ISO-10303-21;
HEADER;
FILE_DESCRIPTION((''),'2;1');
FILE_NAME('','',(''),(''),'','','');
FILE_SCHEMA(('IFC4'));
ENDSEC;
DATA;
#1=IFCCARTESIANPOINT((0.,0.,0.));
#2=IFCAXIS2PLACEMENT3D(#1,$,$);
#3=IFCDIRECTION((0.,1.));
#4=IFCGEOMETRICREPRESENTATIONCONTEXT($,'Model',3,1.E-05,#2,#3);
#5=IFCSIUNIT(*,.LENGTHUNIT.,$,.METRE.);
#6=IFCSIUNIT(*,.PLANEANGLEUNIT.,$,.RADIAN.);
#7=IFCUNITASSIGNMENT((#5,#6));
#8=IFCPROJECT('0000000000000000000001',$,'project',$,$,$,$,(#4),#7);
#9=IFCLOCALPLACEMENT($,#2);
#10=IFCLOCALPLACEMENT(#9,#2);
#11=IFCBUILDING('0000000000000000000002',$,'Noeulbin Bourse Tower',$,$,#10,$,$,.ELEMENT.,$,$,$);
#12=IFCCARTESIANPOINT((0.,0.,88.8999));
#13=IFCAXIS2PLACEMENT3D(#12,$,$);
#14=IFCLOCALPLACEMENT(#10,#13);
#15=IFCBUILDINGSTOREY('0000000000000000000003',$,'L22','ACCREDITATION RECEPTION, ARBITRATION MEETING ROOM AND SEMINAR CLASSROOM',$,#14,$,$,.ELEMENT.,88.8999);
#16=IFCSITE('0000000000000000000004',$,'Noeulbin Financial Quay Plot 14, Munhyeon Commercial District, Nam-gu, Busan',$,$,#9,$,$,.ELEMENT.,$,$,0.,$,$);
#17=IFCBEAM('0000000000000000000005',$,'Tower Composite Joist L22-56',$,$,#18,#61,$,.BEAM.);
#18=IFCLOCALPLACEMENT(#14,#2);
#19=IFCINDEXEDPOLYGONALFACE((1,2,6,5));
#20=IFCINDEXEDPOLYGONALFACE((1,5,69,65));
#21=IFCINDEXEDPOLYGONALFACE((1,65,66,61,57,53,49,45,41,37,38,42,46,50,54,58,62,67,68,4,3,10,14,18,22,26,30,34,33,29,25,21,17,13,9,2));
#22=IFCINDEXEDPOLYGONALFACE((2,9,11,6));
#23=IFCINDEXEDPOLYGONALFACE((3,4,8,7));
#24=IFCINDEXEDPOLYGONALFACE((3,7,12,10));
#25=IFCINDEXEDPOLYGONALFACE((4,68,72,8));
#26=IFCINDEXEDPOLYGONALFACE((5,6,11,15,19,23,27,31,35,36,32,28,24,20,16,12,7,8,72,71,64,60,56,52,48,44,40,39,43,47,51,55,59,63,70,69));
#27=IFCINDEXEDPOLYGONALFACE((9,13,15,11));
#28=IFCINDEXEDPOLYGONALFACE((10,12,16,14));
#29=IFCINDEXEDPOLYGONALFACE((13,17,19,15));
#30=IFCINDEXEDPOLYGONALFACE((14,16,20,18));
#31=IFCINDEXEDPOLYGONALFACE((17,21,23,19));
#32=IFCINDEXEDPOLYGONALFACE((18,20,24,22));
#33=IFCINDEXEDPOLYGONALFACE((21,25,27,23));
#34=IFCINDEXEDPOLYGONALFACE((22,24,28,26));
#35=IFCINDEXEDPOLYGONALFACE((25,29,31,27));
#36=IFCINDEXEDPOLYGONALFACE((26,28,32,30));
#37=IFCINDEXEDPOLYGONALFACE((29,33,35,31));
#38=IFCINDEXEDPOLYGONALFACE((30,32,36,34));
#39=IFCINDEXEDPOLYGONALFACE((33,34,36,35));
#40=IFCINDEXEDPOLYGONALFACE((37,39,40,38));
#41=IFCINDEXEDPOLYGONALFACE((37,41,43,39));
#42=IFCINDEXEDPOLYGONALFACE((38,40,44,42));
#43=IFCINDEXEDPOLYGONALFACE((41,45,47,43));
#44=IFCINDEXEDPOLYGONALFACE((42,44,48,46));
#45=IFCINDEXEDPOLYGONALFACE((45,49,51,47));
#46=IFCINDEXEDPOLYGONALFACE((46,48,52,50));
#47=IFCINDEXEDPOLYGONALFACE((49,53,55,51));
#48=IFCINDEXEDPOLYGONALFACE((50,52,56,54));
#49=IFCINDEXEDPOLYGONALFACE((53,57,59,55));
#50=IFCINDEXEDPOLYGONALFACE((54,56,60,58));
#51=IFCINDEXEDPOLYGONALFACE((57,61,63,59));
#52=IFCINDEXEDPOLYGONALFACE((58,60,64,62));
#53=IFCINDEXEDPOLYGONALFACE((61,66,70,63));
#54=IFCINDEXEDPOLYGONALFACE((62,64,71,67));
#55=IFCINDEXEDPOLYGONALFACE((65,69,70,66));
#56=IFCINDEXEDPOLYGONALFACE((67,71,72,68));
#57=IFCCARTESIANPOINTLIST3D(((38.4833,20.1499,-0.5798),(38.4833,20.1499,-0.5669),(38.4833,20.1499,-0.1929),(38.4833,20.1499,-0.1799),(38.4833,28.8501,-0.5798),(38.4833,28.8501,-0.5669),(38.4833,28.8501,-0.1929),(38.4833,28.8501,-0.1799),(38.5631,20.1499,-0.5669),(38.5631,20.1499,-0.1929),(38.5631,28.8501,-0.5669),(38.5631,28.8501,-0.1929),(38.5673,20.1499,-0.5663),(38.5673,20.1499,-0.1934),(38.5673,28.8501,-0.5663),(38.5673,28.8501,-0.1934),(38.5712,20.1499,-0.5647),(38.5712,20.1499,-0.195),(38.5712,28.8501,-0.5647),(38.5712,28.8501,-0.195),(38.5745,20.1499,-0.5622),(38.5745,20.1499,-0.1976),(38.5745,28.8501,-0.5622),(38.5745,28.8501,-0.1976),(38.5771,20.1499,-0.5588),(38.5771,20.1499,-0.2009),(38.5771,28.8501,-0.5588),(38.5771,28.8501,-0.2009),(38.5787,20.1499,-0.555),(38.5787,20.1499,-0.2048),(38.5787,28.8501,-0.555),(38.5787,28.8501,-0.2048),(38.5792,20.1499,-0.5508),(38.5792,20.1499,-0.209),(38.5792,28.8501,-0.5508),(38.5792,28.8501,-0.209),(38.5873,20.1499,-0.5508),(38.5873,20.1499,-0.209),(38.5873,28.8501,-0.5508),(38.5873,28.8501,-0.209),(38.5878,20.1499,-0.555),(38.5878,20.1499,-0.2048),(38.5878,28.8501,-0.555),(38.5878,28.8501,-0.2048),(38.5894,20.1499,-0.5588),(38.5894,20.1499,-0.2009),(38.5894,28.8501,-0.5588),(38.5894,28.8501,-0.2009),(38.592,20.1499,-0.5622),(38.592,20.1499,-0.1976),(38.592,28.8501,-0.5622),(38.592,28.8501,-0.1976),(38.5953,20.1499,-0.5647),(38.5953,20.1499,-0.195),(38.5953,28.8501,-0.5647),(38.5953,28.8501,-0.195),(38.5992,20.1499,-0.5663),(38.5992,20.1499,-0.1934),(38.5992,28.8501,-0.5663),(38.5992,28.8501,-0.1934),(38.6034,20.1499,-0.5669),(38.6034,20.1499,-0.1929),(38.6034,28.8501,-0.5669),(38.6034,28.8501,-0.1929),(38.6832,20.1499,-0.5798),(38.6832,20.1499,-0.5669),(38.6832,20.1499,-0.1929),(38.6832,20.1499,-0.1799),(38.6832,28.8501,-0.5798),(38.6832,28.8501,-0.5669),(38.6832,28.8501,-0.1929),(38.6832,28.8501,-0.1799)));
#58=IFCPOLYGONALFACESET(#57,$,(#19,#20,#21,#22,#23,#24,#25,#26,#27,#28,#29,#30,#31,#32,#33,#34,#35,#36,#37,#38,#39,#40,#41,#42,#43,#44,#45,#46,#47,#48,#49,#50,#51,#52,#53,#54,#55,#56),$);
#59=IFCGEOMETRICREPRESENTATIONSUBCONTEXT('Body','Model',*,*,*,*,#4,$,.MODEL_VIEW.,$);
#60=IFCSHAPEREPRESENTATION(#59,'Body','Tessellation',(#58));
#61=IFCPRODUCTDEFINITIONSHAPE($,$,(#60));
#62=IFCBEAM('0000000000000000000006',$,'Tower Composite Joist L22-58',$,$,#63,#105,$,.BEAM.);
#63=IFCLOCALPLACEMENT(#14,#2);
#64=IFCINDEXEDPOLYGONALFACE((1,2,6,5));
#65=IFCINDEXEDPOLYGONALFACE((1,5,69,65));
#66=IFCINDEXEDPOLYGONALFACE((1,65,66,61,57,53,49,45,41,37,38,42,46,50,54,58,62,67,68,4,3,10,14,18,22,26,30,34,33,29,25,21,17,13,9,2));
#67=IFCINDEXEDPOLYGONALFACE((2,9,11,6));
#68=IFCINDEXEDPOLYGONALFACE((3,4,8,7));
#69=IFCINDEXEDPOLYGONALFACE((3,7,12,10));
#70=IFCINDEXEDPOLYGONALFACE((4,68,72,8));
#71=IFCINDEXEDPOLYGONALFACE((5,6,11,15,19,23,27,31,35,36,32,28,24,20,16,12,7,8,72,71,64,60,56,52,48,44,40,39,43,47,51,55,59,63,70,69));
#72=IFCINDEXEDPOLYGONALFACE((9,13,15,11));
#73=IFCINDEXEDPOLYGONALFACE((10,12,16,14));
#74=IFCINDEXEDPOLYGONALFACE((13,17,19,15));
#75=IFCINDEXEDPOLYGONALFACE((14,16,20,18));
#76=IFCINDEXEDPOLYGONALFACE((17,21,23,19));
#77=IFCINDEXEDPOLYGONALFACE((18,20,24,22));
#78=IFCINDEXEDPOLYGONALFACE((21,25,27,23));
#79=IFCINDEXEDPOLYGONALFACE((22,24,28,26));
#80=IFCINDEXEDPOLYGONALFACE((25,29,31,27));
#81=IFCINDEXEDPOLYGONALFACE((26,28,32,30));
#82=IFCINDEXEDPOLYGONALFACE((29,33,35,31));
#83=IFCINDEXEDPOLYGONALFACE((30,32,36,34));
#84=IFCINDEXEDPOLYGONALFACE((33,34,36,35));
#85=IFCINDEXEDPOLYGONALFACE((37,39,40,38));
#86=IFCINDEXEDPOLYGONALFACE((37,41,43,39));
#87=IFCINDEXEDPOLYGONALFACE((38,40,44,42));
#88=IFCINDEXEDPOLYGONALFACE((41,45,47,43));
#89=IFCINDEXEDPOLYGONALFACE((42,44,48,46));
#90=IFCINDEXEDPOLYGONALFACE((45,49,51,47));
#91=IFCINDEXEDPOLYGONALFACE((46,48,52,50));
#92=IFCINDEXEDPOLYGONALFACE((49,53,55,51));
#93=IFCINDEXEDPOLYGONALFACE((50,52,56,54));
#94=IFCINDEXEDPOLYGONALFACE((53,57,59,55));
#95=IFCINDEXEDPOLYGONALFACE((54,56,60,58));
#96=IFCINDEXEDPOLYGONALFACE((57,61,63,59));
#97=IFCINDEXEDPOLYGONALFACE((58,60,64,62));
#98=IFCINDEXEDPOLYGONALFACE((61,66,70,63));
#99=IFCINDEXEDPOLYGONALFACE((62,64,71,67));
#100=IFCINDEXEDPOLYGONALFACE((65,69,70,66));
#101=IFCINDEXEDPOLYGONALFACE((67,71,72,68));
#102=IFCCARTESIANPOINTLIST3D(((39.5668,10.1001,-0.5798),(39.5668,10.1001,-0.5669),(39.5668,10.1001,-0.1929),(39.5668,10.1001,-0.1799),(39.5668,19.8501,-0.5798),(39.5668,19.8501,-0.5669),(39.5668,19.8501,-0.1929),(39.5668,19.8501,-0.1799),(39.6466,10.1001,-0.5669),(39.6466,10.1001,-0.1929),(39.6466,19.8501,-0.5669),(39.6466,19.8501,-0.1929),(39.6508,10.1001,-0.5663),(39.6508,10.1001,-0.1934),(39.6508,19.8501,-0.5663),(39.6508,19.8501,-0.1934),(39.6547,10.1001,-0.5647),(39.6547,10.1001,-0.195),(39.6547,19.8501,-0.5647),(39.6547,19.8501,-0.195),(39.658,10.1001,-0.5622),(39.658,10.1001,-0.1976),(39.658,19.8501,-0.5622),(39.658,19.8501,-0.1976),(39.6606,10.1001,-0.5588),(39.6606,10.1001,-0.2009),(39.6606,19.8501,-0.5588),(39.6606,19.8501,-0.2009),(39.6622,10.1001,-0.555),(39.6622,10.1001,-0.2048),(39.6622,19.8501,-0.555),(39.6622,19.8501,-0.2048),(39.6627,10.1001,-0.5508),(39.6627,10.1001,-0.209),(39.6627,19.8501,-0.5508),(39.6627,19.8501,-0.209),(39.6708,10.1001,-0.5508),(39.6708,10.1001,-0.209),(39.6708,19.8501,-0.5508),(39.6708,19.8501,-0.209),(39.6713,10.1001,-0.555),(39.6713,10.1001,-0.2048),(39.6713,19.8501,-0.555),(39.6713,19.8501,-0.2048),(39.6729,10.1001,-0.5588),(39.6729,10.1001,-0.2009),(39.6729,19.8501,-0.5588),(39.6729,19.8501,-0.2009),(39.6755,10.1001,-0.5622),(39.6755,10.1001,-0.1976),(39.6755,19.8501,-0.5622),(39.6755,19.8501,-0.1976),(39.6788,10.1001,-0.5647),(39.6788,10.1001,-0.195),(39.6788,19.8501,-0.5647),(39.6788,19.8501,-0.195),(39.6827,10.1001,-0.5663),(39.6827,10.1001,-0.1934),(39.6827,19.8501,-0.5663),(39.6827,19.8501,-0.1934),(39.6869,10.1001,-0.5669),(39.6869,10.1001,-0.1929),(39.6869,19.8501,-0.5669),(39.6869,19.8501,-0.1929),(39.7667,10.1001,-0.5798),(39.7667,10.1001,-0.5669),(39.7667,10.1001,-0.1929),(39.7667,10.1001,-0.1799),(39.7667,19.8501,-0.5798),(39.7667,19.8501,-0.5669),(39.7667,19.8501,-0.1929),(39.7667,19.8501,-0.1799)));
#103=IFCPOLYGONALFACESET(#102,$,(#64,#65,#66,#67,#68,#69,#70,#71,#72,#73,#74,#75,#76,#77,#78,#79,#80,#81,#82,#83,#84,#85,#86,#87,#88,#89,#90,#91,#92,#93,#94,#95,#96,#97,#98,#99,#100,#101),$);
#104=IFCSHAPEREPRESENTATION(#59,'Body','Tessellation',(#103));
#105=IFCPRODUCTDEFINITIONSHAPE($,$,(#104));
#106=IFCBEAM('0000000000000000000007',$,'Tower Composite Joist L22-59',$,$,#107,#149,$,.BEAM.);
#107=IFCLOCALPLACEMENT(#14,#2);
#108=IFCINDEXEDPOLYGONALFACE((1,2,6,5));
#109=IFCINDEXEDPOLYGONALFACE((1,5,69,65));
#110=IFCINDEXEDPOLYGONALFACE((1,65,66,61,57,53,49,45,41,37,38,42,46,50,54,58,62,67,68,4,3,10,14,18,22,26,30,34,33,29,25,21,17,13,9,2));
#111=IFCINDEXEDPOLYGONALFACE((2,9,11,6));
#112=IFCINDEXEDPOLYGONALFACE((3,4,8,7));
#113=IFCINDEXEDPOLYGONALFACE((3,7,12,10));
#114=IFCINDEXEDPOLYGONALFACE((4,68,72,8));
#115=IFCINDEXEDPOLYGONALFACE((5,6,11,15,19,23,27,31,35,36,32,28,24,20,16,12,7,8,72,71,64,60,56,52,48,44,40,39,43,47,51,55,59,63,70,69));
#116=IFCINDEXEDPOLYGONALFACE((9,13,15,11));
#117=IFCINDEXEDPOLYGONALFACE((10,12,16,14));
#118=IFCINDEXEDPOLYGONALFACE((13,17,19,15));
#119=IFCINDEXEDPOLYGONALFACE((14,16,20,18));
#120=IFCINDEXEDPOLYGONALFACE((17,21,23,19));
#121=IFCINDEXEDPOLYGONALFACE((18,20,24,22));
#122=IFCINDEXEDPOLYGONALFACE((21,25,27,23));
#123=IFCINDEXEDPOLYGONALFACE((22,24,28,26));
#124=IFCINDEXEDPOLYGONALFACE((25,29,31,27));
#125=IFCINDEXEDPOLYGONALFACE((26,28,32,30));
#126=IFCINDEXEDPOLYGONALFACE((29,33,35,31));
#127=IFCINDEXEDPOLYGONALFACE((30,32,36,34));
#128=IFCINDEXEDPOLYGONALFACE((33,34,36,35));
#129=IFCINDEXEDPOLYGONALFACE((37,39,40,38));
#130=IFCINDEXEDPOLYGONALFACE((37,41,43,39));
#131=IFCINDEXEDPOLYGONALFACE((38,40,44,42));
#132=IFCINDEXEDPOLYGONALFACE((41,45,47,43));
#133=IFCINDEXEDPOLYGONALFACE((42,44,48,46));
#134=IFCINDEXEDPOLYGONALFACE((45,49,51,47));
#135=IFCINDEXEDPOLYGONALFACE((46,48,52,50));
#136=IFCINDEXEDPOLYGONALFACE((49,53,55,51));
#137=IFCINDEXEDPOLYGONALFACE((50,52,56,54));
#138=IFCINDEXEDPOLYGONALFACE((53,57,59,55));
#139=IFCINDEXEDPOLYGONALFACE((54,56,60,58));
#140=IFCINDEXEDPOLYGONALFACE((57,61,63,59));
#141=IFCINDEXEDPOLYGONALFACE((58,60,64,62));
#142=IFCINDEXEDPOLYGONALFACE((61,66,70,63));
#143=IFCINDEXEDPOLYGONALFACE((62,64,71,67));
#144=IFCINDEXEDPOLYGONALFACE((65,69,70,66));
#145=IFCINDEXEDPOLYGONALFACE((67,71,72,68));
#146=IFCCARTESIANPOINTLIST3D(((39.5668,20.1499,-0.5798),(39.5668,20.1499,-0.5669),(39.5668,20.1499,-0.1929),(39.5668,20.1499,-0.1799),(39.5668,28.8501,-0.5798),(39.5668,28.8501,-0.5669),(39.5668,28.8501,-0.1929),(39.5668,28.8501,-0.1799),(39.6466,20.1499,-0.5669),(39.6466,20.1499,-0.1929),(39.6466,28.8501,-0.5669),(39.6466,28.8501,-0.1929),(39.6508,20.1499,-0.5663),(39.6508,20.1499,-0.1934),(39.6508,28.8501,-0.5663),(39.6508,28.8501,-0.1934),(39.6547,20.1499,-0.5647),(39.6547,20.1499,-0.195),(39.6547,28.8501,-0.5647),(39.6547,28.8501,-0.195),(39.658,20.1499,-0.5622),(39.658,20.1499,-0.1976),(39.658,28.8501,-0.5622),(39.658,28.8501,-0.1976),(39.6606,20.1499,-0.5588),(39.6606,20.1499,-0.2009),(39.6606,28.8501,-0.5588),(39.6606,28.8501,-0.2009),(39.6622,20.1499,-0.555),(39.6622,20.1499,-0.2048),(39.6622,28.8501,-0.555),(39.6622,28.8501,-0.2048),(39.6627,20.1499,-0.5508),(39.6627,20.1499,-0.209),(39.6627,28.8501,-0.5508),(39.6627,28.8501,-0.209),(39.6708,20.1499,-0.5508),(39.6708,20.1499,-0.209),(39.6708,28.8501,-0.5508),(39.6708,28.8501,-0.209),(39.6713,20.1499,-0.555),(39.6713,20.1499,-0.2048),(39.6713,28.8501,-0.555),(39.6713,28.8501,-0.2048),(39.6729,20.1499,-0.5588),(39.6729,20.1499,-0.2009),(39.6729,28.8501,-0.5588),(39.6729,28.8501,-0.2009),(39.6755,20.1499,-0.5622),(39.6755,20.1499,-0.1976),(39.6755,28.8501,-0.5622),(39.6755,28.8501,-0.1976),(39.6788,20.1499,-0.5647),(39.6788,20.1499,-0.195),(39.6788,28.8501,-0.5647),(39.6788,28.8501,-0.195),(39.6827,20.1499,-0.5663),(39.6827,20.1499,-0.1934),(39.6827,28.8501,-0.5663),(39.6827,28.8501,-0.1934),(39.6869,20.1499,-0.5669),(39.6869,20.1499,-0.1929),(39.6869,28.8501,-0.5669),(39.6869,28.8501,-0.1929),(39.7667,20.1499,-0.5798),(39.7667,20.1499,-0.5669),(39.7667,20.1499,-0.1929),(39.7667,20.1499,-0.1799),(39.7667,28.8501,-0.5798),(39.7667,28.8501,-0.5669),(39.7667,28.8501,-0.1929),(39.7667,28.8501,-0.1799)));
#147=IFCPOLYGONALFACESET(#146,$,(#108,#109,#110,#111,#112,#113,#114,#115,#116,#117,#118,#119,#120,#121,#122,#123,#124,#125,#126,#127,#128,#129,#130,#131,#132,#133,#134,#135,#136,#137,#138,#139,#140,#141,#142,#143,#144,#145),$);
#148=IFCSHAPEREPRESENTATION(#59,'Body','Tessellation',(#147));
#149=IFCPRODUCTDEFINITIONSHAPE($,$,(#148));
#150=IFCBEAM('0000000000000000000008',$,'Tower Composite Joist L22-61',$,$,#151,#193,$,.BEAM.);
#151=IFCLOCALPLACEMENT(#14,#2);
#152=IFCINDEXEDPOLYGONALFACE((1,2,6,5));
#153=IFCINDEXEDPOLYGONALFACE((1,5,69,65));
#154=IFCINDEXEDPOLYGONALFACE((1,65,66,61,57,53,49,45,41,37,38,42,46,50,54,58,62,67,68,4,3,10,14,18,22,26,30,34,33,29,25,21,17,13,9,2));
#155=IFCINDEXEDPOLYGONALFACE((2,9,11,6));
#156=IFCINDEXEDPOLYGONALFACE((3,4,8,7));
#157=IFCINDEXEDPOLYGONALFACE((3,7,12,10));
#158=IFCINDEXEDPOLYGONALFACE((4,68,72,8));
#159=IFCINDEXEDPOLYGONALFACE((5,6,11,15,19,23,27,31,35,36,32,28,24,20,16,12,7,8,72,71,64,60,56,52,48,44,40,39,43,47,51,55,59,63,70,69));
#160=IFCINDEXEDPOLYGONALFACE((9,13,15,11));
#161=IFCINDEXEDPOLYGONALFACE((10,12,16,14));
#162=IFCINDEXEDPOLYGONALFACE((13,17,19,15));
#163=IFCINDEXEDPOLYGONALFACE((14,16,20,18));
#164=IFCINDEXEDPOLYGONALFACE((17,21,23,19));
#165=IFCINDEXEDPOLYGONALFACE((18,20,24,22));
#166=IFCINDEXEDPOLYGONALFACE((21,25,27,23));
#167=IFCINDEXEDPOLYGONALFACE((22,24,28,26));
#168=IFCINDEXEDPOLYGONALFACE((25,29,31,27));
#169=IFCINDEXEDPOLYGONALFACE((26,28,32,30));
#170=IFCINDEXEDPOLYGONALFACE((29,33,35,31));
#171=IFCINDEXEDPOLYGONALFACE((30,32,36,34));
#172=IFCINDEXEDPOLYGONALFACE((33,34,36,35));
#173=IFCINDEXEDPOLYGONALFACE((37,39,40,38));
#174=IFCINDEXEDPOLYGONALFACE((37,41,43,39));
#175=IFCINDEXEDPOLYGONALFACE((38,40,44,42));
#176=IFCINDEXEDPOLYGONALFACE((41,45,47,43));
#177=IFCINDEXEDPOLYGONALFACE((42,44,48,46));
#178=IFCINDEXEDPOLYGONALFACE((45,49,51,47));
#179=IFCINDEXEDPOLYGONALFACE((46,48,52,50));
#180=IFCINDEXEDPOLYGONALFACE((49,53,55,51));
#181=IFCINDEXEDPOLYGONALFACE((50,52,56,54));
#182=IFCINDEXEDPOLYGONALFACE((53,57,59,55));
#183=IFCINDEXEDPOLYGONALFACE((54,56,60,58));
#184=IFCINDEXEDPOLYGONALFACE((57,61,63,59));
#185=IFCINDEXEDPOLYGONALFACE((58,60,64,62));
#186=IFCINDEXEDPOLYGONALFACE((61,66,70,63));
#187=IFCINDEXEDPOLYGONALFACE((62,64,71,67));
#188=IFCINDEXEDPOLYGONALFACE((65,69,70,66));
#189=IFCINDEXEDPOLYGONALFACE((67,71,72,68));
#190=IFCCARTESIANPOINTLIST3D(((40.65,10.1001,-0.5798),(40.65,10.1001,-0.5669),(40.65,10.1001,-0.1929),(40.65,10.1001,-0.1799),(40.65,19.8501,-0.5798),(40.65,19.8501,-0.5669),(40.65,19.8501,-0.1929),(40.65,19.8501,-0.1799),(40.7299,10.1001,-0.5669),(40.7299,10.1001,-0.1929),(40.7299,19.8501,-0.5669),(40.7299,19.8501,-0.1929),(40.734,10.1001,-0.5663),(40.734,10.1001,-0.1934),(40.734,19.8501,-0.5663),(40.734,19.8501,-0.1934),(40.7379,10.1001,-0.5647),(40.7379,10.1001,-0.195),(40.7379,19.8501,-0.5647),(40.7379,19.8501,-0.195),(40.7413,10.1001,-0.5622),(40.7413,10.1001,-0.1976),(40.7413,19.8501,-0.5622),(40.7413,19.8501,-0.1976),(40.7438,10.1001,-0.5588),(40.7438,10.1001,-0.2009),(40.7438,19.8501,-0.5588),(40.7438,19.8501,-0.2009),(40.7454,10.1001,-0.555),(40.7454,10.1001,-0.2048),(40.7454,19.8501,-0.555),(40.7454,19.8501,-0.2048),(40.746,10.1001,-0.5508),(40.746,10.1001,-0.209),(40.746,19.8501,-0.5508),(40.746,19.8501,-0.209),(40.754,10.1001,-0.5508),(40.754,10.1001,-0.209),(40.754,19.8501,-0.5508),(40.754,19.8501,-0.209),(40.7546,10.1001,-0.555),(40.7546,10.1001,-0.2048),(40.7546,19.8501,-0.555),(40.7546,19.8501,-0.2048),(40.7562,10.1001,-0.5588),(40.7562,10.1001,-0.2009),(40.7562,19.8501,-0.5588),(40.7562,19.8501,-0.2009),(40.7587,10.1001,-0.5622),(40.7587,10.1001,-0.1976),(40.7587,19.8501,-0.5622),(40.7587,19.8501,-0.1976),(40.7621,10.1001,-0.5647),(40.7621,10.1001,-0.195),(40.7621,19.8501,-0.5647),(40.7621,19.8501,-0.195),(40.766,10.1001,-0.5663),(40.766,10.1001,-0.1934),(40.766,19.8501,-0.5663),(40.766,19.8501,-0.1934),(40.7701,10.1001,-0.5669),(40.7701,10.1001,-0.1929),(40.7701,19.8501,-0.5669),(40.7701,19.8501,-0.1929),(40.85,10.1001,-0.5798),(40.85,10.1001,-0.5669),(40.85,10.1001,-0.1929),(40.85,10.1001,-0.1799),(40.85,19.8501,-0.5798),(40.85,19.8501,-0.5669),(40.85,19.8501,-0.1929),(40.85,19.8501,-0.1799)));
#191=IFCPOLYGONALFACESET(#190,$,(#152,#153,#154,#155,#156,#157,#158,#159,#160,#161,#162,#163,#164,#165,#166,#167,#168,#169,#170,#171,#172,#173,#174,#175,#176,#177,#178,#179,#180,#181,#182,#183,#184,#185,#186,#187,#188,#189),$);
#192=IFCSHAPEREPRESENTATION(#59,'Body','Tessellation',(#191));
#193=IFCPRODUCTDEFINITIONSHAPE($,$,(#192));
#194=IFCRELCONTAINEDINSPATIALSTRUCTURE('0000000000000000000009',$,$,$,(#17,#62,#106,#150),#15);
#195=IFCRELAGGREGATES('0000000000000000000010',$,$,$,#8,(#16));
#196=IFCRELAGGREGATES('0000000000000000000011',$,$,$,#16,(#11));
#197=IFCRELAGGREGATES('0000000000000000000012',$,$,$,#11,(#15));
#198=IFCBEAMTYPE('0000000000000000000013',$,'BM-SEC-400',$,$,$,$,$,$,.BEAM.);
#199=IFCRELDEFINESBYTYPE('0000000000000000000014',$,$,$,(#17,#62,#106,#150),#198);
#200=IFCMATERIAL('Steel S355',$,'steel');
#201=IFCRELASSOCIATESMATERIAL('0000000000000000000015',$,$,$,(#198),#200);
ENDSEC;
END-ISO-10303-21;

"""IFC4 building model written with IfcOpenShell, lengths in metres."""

from ifc_helpers import new_model, si_unit, direction, frame, origin, origin_2d, place, context, subcontext, project, spatial, i_section, extrude, material, material_profile, profile_set, type_object, element, save


model = new_model("IFC4")

# Units and contexts
model_context = context("Model", 3, precision=1e-05, world=origin(), true_north=direction((0.0, 1.0)))
body_context = subcontext(model_context, "Body", "Model", "MODEL_VIEW")
ifc_project = project(units=[si_unit("LENGTHUNIT", "METRE"), si_unit("PLANEANGLEUNIT", "RADIAN")], contexts=[model_context])

# Site, building, storey
site_placement = place(None, origin())
site = spatial("IfcSite", under=ifc_project, at=site_placement, Name="Noeulbin Financial Quay Plot 14, Munhyeon Commercial District, Nam-gu, Busan", CompositionType="ELEMENT", RefElevation=0.0)
building_placement = place(site_placement, origin())
building = spatial("IfcBuilding", under=site, at=building_placement, Name="Noeulbin Bourse Tower", CompositionType="ELEMENT")
storey_placement = place(building_placement, frame((0.0, 0.0, 88.8999)))
storey = spatial("IfcBuildingStorey", under=building, at=storey_placement, Name="L22", Description="ACCREDITATION RECEPTION, ARBITRATION MEETING ROOM AND SEMINAR CLASSROOM", CompositionType="ELEMENT", Elevation=88.8999)

# Beams
ifc_material_1 = material(Name="Steel S355", Category="steel")
ifc_material_profile_1 = material_profile(ifc_material_1, i_section(OverallWidth=0.2, OverallDepth=0.3999, WebThickness=0.0081, FlangeThickness=0.0129, FilletRadius=0.0161, at=origin_2d()), Name="H-400x200x8x13", Category="LoadBearing")
ifc_profile_set_1 = profile_set([ifc_material_profile_1], Name="Steel S355")
beam_type_1 = type_object("IfcBeamType", Name="BM-SEC-400", PredefinedType="BEAM", material=ifc_profile_set_1)
beam_1_placement = place(storey_placement, frame((38.5833, 20.1499, -0.3799), z_axis=(0.0, 1.0, 0.0), x_axis=(-1.0, 0.0, 0.0)))
element("IfcBeam", 1, at=beam_1_placement, inside=storey, type_object=beam_type_1, Name="Tower Composite Joist L22-56", PredefinedType="BEAM", context=body_context, shape_type="SweptSolid", body=[
    extrude(i_section(OverallWidth=0.2, OverallDepth=0.3999, WebThickness=0.0081, FlangeThickness=0.0129, FilletRadius=0.0161, at=origin_2d()), origin(), (0.0, 0.0, 1.0), 8.7002),
])
beam_2_placement = place(storey_placement, frame((39.6667, 10.1001, -0.3799), z_axis=(0.0, 1.0, 0.0), x_axis=(-1.0, 0.0, 0.0)))
element("IfcBeam", 2, at=beam_2_placement, inside=storey, type_object=beam_type_1, Name="Tower Composite Joist L22-58", PredefinedType="BEAM", context=body_context, shape_type="SweptSolid", body=[
    extrude(i_section(OverallWidth=0.2, OverallDepth=0.3999, WebThickness=0.0081, FlangeThickness=0.0129, FilletRadius=0.0161, at=origin_2d()), origin(), (0.0, 0.0, 1.0), 9.75),
])
beam_3_placement = place(storey_placement, frame((39.6667, 20.1499, -0.3799), z_axis=(0.0, 1.0, 0.0), x_axis=(-1.0, 0.0, 0.0)))
element("IfcBeam", 3, at=beam_3_placement, inside=storey, type_object=beam_type_1, Name="Tower Composite Joist L22-59", PredefinedType="BEAM", context=body_context, shape_type="SweptSolid", body=[
    extrude(i_section(OverallWidth=0.2, OverallDepth=0.3999, WebThickness=0.0081, FlangeThickness=0.0129, FilletRadius=0.0161, at=origin_2d()), origin(), (0.0, 0.0, 1.0), 8.7002),
])
beam_4_placement = place(storey_placement, frame((40.75, 10.1001, -0.3799), z_axis=(0.0, 1.0, 0.0), x_axis=(-1.0, 0.0, 0.0)))
element("IfcBeam", 4, at=beam_4_placement, inside=storey, type_object=beam_type_1, Name="Tower Composite Joist L22-61", PredefinedType="BEAM", context=body_context, shape_type="SweptSolid", body=[
    extrude(i_section(OverallWidth=0.2, OverallDepth=0.3999, WebThickness=0.0081, FlangeThickness=0.0129, FilletRadius=0.0161, at=origin_2d()), origin(), (0.0, 0.0, 1.0), 9.75),
])

save(model, "model.ifc")
